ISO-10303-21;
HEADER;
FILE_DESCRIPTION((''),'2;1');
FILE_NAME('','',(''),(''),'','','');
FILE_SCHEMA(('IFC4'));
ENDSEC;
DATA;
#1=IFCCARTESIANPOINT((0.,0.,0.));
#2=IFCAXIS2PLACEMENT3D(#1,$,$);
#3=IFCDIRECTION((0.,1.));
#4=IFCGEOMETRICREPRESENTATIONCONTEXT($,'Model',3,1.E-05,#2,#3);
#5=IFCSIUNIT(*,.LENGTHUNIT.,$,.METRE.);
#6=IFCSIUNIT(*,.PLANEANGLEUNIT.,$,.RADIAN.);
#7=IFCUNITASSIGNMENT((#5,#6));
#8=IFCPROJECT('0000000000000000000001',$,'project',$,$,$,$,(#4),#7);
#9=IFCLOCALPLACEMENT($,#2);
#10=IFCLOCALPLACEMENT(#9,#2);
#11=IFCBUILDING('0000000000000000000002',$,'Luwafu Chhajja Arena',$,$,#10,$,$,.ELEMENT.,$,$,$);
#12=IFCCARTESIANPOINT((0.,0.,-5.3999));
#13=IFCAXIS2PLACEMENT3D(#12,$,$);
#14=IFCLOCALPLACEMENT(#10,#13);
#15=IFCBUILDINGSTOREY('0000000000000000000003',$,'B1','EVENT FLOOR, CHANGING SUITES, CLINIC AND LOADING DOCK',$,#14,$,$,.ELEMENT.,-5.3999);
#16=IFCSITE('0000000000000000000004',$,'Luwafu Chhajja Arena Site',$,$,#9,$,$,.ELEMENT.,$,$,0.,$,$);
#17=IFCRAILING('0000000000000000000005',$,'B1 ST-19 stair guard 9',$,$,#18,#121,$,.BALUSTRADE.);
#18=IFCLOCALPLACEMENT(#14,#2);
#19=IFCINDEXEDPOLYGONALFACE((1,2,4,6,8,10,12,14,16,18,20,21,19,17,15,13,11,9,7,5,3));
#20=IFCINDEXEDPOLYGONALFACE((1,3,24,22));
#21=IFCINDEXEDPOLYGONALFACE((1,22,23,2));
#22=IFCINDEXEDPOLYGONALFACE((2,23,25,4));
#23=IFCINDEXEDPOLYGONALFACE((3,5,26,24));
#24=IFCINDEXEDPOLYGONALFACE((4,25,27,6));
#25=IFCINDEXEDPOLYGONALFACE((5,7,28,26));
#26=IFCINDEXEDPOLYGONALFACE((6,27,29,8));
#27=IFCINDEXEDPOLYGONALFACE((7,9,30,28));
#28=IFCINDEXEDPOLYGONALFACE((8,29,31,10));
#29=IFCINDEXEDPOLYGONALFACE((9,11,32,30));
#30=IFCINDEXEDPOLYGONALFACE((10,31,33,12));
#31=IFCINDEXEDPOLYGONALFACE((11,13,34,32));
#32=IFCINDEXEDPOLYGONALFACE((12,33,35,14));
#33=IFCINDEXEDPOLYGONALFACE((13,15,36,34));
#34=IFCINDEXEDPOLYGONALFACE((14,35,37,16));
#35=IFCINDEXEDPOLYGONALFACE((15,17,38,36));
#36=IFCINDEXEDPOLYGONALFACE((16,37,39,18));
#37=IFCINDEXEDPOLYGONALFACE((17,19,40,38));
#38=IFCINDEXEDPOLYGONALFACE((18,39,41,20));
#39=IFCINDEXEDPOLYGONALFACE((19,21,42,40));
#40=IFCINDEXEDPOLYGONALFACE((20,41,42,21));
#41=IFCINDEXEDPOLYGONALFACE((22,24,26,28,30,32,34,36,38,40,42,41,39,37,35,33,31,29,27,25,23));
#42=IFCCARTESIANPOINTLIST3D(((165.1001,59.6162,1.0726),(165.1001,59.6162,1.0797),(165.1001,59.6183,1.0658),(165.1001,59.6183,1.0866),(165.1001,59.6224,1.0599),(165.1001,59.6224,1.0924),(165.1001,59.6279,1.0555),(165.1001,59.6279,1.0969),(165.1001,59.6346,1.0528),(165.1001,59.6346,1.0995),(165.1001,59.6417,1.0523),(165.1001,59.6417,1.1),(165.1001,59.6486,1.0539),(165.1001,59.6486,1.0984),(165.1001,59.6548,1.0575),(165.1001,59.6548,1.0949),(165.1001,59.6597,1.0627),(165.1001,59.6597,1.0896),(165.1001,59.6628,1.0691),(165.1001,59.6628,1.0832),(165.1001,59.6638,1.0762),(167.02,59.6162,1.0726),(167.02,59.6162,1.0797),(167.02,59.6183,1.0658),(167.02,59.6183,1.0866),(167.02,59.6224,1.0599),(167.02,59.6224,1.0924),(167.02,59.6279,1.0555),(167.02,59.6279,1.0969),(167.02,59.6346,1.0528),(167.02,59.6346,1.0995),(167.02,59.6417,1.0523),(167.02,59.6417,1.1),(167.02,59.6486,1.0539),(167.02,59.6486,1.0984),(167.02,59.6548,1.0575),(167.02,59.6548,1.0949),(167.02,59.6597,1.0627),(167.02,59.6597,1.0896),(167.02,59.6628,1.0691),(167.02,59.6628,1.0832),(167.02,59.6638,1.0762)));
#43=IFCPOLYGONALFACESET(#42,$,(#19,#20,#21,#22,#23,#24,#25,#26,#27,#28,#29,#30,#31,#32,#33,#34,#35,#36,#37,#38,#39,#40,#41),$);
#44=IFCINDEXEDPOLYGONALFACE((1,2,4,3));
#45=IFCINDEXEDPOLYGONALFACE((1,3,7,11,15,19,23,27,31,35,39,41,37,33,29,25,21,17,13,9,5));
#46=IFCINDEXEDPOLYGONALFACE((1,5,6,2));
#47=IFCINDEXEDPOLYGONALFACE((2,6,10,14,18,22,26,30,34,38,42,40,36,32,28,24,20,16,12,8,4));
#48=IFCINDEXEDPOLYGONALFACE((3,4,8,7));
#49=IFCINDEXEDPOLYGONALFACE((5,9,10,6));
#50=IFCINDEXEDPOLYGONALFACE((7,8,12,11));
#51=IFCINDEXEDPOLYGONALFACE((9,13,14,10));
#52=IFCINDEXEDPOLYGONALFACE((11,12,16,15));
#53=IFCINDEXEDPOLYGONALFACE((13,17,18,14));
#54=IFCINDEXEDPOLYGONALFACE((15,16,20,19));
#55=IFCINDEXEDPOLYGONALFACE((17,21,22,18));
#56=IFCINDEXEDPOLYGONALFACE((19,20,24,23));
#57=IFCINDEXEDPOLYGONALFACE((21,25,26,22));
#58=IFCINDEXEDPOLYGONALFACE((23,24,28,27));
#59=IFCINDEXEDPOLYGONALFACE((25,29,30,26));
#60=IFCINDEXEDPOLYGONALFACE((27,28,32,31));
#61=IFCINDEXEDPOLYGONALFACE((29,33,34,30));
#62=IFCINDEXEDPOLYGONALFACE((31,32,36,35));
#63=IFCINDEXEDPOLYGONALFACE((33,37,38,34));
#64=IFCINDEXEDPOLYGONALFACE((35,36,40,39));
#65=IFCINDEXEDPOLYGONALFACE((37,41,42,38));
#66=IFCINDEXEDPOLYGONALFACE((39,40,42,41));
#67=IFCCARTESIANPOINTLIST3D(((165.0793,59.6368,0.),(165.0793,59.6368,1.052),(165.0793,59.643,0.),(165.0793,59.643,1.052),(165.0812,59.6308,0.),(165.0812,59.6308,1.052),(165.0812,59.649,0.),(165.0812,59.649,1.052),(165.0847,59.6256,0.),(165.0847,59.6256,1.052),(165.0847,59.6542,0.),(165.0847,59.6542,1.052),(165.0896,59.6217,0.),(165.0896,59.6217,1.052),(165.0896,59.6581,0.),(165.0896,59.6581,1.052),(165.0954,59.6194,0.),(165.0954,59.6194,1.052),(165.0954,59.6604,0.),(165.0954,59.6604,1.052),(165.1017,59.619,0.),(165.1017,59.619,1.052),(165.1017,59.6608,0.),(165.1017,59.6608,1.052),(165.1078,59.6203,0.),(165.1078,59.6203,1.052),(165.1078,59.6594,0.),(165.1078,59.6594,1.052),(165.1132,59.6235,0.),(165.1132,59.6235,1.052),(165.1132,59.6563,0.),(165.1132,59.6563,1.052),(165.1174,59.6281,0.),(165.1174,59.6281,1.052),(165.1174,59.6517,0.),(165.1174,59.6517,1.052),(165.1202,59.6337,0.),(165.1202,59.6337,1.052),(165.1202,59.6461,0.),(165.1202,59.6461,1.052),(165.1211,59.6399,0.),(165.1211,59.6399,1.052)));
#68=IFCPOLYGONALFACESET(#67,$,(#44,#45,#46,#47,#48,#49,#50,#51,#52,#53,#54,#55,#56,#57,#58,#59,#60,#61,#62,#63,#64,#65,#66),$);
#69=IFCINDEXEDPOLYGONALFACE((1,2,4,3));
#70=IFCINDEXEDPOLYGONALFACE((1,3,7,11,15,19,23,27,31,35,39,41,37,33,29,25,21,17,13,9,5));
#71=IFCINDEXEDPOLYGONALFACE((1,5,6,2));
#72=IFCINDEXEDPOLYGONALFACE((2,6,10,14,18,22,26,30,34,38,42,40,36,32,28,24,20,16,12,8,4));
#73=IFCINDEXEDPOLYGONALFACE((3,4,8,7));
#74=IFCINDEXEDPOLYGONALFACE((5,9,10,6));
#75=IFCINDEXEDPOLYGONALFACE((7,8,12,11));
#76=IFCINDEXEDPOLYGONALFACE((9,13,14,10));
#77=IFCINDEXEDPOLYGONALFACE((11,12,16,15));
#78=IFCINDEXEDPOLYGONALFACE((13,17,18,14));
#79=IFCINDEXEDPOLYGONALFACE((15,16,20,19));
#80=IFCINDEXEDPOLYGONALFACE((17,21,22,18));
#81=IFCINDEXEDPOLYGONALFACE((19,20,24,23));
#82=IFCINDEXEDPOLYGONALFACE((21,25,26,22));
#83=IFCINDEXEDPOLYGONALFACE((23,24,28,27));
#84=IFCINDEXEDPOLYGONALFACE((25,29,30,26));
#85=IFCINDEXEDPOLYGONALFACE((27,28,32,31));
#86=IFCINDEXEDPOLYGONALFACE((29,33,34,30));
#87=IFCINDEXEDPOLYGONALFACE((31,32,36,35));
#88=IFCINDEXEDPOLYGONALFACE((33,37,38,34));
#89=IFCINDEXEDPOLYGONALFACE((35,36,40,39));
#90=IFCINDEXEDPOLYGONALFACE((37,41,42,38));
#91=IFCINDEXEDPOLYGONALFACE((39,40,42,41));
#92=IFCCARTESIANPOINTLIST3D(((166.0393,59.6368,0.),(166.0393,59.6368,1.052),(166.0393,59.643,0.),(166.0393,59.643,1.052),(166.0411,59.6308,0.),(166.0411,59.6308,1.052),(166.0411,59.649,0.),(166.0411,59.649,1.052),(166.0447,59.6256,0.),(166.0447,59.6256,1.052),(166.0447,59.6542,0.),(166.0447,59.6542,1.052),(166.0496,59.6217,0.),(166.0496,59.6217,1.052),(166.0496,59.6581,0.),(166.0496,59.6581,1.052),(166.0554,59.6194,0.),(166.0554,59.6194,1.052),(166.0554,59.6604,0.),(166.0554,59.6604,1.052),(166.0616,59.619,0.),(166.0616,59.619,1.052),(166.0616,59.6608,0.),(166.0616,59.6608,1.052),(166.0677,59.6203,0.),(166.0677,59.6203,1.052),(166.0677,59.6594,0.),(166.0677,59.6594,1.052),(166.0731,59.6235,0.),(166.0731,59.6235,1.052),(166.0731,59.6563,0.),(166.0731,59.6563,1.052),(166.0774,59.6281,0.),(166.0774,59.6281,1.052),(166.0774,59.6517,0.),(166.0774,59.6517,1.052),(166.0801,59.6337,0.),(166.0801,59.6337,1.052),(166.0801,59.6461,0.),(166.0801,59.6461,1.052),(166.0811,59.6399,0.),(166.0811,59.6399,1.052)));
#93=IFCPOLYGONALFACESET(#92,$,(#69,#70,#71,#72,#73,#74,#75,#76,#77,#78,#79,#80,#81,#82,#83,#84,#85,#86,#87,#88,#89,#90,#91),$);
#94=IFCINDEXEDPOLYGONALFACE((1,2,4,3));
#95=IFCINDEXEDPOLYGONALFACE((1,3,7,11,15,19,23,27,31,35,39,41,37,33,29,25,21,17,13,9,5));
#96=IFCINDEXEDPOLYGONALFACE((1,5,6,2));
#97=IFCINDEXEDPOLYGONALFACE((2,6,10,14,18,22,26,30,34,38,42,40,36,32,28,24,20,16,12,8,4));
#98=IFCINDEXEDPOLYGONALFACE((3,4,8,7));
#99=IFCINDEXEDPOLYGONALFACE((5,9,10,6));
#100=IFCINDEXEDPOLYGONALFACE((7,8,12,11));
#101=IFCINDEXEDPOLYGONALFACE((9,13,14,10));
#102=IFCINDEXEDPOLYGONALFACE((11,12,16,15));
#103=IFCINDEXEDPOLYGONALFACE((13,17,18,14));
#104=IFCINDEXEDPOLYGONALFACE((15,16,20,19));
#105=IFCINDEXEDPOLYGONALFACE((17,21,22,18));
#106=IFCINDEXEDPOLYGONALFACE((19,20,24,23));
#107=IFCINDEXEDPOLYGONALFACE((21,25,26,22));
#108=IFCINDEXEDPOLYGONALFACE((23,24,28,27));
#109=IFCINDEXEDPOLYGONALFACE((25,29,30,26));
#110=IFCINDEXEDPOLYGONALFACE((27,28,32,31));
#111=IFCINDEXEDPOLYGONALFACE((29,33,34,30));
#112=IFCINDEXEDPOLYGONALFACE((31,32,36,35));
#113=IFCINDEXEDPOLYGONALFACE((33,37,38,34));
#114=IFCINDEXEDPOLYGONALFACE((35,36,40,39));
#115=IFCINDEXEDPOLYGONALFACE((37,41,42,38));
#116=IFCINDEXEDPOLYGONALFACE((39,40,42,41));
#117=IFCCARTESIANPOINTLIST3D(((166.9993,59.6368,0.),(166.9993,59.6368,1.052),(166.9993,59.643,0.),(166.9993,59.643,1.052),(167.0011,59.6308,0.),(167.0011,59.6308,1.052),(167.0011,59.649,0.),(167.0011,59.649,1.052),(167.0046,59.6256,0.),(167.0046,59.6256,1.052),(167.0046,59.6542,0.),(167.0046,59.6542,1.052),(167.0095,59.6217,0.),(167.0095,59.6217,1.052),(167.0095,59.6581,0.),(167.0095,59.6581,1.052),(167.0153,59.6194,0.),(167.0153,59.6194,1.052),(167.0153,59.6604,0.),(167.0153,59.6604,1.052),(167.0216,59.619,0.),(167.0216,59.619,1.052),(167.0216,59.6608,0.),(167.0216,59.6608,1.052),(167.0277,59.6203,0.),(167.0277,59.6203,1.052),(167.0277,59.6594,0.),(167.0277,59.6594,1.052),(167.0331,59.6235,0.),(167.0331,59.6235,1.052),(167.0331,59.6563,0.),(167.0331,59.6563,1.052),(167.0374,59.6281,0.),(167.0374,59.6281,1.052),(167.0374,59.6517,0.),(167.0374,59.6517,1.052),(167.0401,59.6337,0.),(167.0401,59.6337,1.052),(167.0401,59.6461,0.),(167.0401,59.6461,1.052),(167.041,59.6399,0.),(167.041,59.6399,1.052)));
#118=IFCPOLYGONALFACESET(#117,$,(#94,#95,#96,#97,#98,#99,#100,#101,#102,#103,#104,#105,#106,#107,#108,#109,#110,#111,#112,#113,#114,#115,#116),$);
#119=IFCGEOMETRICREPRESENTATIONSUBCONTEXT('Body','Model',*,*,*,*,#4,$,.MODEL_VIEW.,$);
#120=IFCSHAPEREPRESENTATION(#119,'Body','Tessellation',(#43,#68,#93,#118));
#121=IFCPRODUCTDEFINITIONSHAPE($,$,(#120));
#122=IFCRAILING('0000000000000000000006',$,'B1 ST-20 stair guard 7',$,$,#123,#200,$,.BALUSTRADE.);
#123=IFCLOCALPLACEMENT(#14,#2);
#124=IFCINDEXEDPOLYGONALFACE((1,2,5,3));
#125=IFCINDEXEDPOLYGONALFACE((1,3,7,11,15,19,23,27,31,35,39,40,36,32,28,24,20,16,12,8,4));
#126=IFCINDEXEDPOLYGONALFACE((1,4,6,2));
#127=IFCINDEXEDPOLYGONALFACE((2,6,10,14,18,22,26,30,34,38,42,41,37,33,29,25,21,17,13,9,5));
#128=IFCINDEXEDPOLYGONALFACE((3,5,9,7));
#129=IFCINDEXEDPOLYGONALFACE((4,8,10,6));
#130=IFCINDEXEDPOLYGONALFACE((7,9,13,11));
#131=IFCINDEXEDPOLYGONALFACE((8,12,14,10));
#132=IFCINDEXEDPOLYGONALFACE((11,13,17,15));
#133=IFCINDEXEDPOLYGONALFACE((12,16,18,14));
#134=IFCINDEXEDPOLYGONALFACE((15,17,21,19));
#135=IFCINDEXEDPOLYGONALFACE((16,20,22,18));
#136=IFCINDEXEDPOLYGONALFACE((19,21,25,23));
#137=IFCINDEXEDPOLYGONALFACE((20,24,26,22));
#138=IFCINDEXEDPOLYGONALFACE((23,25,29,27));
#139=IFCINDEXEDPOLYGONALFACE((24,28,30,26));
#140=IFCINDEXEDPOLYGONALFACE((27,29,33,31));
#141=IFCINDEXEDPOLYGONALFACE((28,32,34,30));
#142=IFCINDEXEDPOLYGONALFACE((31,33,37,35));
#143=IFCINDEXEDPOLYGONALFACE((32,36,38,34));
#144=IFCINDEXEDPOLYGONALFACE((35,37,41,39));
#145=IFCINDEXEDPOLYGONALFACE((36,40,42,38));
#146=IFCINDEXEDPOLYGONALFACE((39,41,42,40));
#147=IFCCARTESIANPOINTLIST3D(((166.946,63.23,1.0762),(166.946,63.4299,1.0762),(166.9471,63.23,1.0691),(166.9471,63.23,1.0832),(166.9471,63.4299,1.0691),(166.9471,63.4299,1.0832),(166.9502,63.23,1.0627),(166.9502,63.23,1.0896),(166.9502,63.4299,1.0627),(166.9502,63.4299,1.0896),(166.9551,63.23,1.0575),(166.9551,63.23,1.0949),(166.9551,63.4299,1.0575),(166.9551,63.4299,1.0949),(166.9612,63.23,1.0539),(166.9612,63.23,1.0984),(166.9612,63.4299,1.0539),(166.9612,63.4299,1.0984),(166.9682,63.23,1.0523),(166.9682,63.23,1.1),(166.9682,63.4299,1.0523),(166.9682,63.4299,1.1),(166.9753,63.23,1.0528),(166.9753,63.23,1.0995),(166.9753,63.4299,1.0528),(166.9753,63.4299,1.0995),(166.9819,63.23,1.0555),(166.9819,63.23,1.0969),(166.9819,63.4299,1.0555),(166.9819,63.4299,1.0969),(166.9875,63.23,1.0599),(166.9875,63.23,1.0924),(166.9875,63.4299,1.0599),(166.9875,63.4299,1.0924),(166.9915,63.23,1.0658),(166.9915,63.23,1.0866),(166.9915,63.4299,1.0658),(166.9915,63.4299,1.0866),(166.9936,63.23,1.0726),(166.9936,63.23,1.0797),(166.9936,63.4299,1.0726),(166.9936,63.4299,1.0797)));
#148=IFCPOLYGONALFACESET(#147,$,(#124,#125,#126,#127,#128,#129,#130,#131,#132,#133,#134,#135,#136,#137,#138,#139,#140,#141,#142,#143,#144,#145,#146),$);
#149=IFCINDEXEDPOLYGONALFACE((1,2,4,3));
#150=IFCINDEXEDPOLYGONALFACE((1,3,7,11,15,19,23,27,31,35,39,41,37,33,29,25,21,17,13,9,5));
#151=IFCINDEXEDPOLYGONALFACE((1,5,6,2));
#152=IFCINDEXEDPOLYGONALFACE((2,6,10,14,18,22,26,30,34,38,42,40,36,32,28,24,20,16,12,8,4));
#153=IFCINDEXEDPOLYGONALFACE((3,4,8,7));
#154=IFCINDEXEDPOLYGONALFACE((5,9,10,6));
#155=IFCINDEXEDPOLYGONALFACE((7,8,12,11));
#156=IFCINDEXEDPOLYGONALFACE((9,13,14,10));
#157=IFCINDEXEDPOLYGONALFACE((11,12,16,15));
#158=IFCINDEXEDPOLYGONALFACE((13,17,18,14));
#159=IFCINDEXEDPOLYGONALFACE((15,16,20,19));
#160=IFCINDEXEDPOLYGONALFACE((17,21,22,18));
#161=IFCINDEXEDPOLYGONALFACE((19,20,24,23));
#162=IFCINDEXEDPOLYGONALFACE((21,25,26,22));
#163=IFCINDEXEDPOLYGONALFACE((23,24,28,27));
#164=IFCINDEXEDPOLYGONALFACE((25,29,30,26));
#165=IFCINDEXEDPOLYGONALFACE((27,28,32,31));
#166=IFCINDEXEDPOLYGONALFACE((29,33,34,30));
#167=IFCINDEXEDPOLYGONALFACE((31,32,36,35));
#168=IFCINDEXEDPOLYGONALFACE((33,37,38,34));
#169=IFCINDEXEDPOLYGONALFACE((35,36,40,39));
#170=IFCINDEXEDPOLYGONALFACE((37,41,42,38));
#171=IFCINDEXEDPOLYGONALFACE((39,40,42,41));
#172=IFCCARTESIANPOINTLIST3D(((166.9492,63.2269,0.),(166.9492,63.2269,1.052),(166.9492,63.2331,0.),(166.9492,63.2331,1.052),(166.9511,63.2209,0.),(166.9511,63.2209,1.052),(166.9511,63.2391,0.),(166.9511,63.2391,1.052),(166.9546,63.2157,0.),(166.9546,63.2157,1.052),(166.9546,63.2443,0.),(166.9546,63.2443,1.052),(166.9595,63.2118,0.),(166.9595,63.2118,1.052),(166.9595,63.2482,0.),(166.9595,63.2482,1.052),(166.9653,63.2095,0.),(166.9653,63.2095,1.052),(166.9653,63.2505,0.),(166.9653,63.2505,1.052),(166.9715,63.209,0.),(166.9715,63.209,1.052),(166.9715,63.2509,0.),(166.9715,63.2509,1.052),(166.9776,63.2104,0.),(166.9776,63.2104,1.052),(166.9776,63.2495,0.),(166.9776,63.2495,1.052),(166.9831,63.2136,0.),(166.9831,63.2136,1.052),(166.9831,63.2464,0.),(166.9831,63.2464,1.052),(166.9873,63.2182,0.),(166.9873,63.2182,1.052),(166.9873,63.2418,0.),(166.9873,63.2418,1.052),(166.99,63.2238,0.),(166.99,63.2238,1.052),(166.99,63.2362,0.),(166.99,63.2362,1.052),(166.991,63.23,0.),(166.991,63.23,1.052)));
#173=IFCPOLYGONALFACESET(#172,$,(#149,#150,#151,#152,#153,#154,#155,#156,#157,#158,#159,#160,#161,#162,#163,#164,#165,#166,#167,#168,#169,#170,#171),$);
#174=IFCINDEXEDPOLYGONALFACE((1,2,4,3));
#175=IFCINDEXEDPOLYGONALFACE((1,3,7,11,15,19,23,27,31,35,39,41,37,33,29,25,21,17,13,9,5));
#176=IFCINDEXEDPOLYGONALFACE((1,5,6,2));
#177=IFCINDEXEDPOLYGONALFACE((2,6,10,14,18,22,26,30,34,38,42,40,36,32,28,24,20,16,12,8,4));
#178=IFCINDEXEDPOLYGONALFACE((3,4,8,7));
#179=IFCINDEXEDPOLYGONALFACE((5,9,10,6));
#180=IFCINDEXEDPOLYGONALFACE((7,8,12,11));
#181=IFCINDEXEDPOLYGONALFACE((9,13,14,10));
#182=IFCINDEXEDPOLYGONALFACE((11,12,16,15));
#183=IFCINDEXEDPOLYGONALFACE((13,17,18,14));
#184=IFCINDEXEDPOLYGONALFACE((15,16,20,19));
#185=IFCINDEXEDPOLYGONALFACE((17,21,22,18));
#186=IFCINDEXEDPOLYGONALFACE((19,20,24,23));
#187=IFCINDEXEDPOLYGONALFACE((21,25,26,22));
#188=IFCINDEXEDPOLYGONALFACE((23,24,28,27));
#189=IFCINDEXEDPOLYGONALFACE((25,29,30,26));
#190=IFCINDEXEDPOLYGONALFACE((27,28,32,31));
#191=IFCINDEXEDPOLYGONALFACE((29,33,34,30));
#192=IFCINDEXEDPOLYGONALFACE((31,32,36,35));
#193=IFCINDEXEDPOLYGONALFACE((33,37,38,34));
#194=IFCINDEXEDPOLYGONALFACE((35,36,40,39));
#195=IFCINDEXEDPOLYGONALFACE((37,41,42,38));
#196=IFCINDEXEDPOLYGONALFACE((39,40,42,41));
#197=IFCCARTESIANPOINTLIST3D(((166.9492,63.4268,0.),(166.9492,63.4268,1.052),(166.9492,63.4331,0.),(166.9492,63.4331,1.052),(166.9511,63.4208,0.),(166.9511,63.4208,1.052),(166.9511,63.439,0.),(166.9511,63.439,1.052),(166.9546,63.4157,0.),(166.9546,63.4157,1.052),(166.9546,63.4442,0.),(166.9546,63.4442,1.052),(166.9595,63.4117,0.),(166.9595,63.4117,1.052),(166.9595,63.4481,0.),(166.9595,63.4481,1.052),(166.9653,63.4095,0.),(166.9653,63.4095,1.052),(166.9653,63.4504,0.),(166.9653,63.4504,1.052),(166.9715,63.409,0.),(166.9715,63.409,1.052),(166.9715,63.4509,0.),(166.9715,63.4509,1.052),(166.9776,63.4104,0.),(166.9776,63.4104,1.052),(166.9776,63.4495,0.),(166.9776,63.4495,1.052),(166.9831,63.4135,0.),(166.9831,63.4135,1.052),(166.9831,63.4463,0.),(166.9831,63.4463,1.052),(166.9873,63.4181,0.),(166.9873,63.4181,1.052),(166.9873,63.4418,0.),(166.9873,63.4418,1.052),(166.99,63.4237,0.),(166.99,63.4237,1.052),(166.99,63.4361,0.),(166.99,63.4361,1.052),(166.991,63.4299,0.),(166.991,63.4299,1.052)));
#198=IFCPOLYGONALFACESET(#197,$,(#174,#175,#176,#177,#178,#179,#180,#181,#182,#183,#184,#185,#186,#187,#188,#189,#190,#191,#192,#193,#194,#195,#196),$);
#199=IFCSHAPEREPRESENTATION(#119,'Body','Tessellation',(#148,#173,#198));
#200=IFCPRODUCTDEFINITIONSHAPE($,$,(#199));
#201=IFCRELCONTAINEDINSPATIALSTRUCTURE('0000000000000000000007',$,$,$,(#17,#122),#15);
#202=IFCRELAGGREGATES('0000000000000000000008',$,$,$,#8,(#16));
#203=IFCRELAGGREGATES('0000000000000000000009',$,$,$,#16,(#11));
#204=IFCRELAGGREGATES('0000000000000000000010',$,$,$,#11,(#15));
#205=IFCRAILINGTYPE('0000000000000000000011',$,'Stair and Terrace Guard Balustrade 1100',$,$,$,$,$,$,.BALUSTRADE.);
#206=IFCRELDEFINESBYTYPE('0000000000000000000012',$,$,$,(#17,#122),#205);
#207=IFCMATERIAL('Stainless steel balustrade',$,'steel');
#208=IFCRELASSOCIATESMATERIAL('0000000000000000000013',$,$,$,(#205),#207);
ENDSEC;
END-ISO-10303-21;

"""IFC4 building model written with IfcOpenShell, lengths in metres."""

from ifc_helpers import new_model, si_unit, direction, frame, origin, origin_2d, place, context, subcontext, project, spatial, circle, extrude, material, type_object, element, save


model = new_model("IFC4")

# Units and contexts
model_context = context("Model", 3, precision=1e-05, world=origin(), true_north=direction((0.0, 1.0)))
body_context = subcontext(model_context, "Body", "Model", "MODEL_VIEW")
ifc_project = project(units=[si_unit("LENGTHUNIT", "METRE"), si_unit("PLANEANGLEUNIT", "RADIAN")], contexts=[model_context])

# Site, building, storey
site_placement = place(None, origin())
site = spatial("IfcSite", under=ifc_project, at=site_placement, Name="Luwafu Chhajja Arena Site", CompositionType="ELEMENT", RefElevation=0.0)
building_placement = place(site_placement, origin())
building = spatial("IfcBuilding", under=site, at=building_placement, Name="Luwafu Chhajja Arena", CompositionType="ELEMENT")
storey_placement = place(building_placement, frame((0.0, 0.0, -5.3999)))
storey = spatial("IfcBuildingStorey", under=building, at=storey_placement, Name="B1", Description="EVENT FLOOR, CHANGING SUITES, CLINIC AND LOADING DOCK", CompositionType="ELEMENT", Elevation=-5.3999)

# Railings
ifc_material_1 = material(Name="Stainless steel balustrade", Category="steel")
railing_type_1 = type_object("IfcRailingType", Name="Stair and Terrace Guard Balustrade 1100", PredefinedType="BALUSTRADE", material=ifc_material_1)
for number, where, name in (
    (1, (165.1001, 59.6399, 0.0), "B1 ST-19 stair guard 9"),
):
    element("IfcRailing", number, at=place(storey_placement, frame(where)), inside=storey, type_object=railing_type_1, Name=name, PredefinedType="BALUSTRADE", context=body_context, shape_type="SweptSolid", body=[
        extrude(circle(Radius=0.0239, at=origin_2d()), frame((0.0, 0.0, 1.0762), z_axis=(1.0, 0.0, 0.0), x_axis=(0.0, 1.0, 0.0)), (0.0, 0.0, 1.0), 1.9199),
        extrude(circle(Radius=0.021, at=origin_2d()), origin(), (0.0, 0.0, 1.0), 1.052),
        extrude(circle(Radius=0.021, at=origin_2d()), frame((0.96, 0.0, 0.0)), (0.0, 0.0, 1.0), 1.052),
        extrude(circle(Radius=0.021, at=origin_2d()), frame((1.9199, 0.0, 0.0)), (0.0, 0.0, 1.0), 1.052),
    ])
railing_1_placement = place(storey_placement, frame((166.97, 63.23, 0.0)))
element("IfcRailing", 2, at=railing_1_placement, inside=storey, type_object=railing_type_1, Name="B1 ST-20 stair guard 7", PredefinedType="BALUSTRADE", context=body_context, shape_type="SweptSolid", body=[
    extrude(circle(Radius=0.0239, at=origin_2d()), frame((0.0, 0.0, 1.0762), z_axis=(0.0, 1.0, 0.0), x_axis=(-1.0, 0.0, 0.0)), (0.0, 0.0, 1.0), 0.2),
    extrude(circle(Radius=0.021, at=origin_2d()), origin(), (0.0, 0.0, 1.0), 1.052),
    extrude(circle(Radius=0.021, at=origin_2d()), frame((0.0, 0.2, 0.0)), (0.0, 0.0, 1.0), 1.052),
])

save(model, "model.ifc")
